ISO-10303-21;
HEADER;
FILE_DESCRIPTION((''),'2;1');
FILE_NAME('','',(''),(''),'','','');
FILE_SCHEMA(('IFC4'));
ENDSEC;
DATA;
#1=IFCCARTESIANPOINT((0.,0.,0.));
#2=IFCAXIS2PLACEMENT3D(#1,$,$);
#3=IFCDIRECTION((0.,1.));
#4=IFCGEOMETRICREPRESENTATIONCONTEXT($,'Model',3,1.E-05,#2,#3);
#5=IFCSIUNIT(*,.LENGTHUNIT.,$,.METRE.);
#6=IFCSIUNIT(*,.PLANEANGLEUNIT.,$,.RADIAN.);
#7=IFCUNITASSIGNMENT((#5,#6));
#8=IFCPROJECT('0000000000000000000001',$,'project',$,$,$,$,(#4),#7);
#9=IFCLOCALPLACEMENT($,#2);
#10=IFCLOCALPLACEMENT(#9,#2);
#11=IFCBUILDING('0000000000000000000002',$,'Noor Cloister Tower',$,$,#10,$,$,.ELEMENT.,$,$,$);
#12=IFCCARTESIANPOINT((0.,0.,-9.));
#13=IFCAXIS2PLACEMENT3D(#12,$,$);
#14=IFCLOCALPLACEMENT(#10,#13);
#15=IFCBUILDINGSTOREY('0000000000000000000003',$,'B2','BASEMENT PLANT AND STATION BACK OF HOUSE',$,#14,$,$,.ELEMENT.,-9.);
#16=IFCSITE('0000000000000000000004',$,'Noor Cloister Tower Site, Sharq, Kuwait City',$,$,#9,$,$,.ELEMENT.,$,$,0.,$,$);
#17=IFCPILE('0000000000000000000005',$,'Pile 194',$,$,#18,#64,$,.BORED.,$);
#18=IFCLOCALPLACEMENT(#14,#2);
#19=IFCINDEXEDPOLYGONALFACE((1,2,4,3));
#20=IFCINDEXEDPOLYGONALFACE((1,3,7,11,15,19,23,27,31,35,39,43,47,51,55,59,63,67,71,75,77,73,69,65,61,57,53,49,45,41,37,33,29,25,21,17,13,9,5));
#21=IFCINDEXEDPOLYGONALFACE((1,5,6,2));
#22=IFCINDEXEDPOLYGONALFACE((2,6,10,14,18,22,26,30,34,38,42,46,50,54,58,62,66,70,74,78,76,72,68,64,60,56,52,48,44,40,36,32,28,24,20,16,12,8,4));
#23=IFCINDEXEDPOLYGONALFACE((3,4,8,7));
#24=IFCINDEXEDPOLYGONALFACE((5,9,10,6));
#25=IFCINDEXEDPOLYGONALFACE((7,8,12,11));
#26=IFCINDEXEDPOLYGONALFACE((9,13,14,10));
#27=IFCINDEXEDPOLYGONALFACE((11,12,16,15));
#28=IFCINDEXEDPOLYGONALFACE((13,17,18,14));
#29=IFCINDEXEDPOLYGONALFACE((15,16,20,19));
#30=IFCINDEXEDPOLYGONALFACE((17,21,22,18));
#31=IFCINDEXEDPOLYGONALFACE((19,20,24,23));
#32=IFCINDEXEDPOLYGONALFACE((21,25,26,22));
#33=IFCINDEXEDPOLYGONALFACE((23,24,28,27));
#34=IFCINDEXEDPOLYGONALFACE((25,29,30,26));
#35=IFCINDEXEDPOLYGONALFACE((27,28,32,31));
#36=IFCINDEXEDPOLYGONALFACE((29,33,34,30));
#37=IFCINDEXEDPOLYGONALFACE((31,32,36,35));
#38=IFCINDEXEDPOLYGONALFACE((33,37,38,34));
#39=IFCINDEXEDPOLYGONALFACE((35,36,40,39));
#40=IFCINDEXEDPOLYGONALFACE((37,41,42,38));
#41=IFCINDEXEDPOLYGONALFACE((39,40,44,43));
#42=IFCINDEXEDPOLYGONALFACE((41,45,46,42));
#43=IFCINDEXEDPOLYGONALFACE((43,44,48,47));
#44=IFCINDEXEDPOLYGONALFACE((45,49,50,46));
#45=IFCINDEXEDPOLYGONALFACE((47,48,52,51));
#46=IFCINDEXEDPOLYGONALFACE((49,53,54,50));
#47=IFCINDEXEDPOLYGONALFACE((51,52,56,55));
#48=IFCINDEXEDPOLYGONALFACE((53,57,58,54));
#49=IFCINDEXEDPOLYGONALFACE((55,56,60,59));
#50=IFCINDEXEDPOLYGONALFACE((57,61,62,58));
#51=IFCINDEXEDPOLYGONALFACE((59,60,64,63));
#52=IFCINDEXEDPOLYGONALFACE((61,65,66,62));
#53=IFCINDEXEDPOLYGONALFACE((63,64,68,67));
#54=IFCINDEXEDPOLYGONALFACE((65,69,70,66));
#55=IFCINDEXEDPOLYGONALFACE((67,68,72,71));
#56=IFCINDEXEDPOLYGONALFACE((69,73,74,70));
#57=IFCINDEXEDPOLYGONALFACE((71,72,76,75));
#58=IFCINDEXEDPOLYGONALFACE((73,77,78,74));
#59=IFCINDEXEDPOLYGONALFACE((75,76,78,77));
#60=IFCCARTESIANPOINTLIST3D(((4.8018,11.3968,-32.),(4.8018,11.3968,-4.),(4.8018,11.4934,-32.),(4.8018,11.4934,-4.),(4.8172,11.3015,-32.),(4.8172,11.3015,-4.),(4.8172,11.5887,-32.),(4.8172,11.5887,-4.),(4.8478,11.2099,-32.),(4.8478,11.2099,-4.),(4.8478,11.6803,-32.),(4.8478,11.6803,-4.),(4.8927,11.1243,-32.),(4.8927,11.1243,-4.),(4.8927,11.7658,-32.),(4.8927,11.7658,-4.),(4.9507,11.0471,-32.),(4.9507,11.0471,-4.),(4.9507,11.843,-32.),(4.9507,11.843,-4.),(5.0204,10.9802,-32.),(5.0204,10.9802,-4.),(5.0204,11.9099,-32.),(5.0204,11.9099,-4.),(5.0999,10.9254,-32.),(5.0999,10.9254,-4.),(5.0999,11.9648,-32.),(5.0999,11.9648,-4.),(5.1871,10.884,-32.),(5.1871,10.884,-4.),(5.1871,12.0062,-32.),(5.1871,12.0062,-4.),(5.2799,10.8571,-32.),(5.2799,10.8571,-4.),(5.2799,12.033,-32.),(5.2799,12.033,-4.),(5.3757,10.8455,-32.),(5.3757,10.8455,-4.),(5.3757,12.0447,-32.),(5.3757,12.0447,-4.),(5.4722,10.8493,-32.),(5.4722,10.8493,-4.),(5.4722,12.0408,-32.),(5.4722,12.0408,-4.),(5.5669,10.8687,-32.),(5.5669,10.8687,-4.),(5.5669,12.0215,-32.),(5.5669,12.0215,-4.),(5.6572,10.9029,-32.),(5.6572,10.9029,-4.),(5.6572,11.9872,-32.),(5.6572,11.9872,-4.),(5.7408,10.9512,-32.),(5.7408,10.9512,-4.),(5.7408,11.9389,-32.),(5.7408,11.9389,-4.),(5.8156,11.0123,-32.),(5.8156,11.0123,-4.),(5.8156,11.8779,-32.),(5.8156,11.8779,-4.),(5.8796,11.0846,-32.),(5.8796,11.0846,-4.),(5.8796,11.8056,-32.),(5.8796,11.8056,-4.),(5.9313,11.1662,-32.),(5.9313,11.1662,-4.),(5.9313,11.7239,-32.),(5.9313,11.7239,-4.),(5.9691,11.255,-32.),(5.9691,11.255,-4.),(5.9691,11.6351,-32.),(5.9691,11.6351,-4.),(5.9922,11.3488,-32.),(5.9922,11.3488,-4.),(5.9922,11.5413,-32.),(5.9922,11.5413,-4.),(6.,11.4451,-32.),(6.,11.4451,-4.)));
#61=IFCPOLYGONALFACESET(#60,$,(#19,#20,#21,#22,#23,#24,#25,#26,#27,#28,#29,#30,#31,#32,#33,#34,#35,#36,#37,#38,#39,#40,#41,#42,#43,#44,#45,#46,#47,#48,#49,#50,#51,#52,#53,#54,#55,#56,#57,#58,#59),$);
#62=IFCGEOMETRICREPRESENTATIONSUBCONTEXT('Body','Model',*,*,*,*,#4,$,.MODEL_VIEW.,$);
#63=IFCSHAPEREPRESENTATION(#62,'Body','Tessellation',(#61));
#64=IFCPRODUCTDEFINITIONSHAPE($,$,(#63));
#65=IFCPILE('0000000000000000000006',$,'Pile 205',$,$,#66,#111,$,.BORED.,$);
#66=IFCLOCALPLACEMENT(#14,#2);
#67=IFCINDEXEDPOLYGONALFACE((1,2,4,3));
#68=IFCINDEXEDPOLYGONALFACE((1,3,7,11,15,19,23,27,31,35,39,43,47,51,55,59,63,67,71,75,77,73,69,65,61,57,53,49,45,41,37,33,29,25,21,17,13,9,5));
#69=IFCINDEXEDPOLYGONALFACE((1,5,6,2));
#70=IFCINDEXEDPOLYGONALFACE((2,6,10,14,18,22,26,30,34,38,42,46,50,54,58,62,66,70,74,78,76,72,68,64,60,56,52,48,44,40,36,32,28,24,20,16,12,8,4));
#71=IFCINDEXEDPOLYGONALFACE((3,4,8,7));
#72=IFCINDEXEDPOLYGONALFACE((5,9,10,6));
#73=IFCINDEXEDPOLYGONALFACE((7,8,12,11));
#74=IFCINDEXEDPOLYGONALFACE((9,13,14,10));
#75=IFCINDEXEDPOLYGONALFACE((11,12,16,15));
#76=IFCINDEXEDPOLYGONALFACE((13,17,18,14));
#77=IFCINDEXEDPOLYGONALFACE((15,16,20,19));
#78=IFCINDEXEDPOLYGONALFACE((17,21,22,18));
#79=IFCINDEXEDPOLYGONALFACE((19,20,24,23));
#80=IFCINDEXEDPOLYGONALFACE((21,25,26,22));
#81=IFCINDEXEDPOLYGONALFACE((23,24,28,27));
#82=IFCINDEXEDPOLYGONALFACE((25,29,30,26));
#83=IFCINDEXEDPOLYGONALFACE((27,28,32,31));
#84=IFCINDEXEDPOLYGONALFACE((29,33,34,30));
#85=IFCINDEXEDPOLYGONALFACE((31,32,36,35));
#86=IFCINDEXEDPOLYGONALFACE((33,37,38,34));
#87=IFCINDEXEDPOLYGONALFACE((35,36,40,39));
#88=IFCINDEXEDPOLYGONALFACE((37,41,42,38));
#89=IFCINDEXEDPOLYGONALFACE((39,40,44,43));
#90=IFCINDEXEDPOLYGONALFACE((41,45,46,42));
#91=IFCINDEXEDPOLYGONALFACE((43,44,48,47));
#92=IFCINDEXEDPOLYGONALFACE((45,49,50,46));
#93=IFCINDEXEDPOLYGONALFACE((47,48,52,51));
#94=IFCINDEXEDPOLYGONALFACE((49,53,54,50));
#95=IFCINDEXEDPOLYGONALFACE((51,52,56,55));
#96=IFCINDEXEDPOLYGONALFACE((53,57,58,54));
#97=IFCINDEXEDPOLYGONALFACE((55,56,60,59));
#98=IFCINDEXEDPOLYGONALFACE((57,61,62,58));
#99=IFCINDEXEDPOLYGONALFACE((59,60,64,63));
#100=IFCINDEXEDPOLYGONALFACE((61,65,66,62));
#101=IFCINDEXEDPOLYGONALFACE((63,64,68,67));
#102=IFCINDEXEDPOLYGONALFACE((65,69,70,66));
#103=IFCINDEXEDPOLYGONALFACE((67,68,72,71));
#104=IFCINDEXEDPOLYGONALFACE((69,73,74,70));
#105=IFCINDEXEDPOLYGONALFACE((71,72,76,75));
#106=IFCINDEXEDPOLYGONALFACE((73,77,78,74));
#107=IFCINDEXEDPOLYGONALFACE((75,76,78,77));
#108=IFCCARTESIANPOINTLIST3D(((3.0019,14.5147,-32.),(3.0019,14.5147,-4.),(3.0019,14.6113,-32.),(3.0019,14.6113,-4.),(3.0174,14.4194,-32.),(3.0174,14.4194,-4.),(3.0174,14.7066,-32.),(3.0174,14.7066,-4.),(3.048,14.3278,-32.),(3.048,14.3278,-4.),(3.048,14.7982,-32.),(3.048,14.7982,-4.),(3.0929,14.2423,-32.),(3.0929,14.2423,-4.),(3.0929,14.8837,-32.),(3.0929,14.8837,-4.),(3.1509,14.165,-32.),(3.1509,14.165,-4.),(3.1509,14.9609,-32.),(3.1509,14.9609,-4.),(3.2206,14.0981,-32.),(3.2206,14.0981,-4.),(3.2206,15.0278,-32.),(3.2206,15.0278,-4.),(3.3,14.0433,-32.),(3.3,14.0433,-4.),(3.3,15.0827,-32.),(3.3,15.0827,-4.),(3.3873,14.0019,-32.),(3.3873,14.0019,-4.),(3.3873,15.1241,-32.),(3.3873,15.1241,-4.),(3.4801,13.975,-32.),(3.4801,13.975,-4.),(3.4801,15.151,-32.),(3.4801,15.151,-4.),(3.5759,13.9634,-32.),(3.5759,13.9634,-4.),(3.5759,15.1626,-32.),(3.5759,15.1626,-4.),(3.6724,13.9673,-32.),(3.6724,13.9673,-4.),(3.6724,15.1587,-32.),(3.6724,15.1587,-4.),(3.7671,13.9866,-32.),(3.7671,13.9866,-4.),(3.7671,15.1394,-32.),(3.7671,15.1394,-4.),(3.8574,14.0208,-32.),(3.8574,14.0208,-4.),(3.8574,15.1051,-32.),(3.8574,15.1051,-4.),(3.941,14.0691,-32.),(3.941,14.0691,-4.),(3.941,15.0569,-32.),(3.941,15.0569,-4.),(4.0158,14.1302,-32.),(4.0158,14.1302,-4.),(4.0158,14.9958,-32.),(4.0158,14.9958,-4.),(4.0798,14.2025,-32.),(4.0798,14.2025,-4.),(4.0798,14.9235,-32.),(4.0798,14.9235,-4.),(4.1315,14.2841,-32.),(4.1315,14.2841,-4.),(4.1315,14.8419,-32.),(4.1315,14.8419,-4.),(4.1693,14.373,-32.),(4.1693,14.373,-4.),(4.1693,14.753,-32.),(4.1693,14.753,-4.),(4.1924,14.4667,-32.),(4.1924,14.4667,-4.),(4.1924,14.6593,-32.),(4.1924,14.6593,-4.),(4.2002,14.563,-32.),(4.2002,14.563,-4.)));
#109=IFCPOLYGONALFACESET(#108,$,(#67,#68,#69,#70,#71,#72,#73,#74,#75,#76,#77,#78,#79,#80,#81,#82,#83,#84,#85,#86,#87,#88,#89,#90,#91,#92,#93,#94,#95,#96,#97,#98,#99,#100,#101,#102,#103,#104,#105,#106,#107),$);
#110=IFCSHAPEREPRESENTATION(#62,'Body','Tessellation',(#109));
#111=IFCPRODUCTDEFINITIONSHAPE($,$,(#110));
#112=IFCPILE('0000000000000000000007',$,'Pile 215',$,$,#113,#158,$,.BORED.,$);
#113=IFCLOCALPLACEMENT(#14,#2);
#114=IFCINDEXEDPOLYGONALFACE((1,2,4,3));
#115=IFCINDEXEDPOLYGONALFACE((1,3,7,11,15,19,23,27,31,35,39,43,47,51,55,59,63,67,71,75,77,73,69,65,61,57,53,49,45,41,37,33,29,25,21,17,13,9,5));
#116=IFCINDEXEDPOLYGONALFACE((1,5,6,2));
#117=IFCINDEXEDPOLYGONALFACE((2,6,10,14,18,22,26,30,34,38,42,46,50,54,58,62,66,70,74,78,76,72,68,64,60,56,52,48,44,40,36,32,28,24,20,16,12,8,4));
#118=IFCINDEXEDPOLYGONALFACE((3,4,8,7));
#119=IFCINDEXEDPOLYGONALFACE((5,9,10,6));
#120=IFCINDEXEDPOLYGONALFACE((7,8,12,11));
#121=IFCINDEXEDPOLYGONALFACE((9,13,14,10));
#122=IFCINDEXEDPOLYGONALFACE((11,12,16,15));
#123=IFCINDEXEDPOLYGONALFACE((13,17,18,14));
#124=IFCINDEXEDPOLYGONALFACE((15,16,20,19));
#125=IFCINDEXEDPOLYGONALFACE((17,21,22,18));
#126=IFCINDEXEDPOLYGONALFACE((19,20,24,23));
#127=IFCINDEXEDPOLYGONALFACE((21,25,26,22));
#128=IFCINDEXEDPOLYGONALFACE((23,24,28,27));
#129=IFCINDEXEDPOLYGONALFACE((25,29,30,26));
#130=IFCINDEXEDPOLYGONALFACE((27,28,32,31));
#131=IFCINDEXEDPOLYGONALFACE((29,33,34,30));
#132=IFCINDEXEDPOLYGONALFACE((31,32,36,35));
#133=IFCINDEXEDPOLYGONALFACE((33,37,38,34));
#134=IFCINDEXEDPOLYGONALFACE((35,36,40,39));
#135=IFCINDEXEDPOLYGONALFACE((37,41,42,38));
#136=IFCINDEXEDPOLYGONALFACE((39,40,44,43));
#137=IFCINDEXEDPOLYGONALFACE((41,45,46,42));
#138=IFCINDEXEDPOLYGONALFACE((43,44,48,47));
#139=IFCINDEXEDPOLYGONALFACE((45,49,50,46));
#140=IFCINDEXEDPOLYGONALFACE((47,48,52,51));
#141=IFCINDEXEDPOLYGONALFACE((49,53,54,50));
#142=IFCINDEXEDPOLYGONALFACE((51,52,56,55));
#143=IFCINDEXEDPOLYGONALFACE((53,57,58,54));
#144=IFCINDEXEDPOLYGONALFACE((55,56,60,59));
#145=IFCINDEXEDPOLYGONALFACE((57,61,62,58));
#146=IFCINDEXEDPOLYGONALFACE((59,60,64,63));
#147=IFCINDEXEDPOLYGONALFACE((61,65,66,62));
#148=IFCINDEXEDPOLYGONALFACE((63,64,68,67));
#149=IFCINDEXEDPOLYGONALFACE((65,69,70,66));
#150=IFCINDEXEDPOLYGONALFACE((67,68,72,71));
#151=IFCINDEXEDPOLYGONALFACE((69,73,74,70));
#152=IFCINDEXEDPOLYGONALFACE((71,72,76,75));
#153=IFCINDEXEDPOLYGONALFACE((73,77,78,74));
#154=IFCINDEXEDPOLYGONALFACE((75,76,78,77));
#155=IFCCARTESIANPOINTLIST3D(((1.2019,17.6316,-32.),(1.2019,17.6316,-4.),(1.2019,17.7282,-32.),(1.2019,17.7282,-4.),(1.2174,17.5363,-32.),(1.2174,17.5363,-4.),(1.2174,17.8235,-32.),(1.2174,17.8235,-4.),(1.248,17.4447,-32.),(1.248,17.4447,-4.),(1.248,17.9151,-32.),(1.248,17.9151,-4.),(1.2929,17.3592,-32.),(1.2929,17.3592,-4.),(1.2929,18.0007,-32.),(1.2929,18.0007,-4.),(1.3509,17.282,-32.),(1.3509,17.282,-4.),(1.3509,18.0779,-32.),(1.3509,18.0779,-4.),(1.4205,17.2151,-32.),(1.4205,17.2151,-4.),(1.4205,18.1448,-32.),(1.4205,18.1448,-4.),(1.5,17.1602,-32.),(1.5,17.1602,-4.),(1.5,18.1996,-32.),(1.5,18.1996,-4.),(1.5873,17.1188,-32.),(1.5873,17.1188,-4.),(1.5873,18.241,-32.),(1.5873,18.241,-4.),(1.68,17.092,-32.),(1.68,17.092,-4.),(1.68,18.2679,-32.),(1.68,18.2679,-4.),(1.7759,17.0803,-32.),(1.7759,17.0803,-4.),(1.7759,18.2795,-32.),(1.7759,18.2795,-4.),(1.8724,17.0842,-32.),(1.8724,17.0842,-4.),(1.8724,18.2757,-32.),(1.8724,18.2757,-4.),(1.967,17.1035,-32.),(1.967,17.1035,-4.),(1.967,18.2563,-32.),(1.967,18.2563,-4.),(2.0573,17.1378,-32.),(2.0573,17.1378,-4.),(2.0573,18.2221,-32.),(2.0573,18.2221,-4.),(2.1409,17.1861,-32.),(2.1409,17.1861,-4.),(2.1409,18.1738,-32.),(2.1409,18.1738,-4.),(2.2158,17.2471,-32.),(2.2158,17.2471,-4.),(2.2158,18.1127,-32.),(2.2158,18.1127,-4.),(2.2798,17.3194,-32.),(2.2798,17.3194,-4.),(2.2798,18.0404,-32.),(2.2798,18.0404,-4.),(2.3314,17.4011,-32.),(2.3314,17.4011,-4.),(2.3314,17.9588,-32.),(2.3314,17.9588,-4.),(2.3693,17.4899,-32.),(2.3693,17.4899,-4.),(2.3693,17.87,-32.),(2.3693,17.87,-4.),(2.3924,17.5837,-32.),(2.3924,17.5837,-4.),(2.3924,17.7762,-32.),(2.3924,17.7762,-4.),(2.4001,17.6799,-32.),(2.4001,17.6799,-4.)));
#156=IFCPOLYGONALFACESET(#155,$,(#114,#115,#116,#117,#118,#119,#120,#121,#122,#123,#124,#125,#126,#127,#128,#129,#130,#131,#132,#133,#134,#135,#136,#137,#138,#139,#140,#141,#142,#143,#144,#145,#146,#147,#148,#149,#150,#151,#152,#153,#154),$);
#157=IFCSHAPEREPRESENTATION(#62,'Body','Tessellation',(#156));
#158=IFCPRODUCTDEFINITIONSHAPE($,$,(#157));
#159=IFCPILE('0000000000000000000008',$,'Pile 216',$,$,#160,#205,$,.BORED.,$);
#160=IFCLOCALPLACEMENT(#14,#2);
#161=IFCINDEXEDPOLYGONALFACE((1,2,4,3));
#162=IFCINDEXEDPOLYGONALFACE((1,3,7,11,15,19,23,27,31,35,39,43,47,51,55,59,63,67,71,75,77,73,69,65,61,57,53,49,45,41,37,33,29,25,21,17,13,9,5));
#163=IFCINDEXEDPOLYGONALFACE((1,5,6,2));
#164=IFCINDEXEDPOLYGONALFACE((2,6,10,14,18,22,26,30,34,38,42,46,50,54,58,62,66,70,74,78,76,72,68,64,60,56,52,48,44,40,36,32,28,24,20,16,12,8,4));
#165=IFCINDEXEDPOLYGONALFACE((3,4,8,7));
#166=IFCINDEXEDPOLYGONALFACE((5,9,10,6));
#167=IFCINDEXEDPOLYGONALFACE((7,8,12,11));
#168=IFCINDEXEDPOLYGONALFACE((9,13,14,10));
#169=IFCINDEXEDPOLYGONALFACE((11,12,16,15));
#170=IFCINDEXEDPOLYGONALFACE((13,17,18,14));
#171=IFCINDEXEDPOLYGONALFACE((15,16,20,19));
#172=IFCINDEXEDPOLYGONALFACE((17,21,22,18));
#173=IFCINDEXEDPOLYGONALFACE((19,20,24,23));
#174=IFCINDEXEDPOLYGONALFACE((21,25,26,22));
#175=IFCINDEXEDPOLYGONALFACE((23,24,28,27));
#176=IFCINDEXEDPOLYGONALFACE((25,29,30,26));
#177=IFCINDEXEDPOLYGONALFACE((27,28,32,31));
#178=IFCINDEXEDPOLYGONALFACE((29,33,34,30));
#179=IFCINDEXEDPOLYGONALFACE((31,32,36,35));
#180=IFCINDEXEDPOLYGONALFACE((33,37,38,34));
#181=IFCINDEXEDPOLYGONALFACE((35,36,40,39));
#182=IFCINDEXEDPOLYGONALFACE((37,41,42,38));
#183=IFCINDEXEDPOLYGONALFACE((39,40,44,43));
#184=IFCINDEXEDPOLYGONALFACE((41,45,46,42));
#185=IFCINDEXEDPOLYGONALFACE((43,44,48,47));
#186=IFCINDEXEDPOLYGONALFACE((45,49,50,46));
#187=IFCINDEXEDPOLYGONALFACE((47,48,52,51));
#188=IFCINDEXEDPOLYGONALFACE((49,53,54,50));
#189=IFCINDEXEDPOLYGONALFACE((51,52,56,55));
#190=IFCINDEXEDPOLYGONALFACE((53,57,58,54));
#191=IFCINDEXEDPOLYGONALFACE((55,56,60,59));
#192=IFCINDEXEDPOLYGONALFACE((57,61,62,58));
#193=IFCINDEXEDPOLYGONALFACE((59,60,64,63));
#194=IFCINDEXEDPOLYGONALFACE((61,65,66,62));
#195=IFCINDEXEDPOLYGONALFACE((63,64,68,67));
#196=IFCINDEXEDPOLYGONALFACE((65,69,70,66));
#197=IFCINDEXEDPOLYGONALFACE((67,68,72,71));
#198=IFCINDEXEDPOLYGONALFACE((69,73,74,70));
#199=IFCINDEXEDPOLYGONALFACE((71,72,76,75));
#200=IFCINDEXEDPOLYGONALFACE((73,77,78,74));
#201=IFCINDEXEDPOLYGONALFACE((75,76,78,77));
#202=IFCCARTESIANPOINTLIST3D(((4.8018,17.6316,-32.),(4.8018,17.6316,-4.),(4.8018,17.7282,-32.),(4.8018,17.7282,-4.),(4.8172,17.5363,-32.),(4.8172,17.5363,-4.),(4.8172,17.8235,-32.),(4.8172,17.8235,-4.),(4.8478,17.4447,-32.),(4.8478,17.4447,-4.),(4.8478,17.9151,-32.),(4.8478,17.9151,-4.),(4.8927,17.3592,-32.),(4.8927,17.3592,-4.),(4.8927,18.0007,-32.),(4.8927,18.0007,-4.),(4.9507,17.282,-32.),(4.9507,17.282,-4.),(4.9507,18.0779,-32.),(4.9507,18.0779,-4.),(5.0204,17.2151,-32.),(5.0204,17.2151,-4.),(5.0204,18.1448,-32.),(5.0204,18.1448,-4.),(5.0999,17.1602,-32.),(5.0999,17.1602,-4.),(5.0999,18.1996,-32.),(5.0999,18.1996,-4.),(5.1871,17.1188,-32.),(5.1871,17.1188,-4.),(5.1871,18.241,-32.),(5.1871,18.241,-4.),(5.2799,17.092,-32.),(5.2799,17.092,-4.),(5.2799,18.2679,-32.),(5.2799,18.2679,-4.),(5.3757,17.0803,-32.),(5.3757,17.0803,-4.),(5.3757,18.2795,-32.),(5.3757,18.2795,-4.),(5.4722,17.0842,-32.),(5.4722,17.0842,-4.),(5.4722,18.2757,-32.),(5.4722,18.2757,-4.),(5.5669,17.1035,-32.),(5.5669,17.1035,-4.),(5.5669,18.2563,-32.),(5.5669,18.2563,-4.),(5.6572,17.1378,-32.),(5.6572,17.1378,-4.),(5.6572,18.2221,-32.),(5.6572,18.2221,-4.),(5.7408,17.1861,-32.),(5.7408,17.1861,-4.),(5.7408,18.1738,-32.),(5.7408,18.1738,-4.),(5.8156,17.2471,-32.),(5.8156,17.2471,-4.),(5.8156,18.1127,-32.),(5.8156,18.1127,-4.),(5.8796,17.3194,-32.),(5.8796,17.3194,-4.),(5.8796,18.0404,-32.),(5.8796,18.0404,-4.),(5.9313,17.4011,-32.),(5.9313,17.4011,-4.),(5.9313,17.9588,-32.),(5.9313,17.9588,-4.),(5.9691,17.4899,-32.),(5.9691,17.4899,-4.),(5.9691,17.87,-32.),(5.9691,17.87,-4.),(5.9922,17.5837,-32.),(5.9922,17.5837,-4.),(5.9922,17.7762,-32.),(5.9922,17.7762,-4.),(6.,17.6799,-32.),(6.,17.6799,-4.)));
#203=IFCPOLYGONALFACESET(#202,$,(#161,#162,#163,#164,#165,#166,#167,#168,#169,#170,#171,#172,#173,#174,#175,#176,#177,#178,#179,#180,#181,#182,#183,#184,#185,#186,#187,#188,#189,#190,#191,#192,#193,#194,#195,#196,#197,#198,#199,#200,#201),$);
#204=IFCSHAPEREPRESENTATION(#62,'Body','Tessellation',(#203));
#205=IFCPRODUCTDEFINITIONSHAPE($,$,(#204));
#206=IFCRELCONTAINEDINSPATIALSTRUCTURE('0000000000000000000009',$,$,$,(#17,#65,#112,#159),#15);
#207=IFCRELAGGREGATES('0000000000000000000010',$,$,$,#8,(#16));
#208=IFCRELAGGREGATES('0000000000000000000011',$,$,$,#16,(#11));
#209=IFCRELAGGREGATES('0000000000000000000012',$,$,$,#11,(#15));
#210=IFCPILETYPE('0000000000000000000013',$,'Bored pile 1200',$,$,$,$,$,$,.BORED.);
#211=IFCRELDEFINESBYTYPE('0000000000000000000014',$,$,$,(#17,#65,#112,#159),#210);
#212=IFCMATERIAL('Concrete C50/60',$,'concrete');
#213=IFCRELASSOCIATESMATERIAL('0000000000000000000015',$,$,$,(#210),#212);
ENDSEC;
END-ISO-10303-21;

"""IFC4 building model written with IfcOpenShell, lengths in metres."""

from ifc_helpers import new_model, si_unit, direction, frame, origin, origin_2d, place, context, subcontext, project, spatial, circle, extrude, material, material_profile, profile_set, type_object, element, save


model = new_model("IFC4")

# Units and contexts
model_context = context("Model", 3, precision=1e-05, world=origin(), true_north=direction((0.0, 1.0)))
body_context = subcontext(model_context, "Body", "Model", "MODEL_VIEW")
ifc_project = project(units=[si_unit("LENGTHUNIT", "METRE"), si_unit("PLANEANGLEUNIT", "RADIAN")], contexts=[model_context])

# Site, building, storey
site_placement = place(None, origin())
site = spatial("IfcSite", under=ifc_project, at=site_placement, Name="Noor Cloister Tower Site, Sharq, Kuwait City", CompositionType="ELEMENT", RefElevation=0.0)
building_placement = place(site_placement, origin())
building = spatial("IfcBuilding", under=site, at=building_placement, Name="Noor Cloister Tower", CompositionType="ELEMENT")
storey_placement = place(building_placement, frame((0.0, 0.0, -9.0)))
storey = spatial("IfcBuildingStorey", under=building, at=storey_placement, Name="B2", Description="BASEMENT PLANT AND STATION BACK OF HOUSE", CompositionType="ELEMENT", Elevation=-9.0)

# Piles
ifc_material_1 = material(Name="Concrete C50/60", Category="concrete")
ifc_material_profile = material_profile(ifc_material_1, circle(Radius=0.6001, at=origin_2d()), Name="Bored pile 1200")
ifc_profile_set = profile_set([ifc_material_profile], Name="Concrete C50/60")
pile_type = type_object("IfcPileType", Name="Bored pile 1200", PredefinedType="BORED", material=ifc_profile_set)
for number, where, z_axis, x_axis, name in (
    (1, (5.3999, 11.4451, -4.0), (0.0, 0.0, -1.0), (1.0, 0.0, 0.0), "Pile 194"),
    (2, (3.6001, 14.563, -4.0), (0.0, 0.0, -1.0), (1.0, 0.0, 0.0), "Pile 205"),
    (3, (1.8, 17.6799, -4.0), (0.0, 0.0, -1.0), (1.0, 0.0, 0.0), "Pile 215"),
    (4, (5.3999, 17.6799, -4.0), (0.0, 0.0, -1.0), (1.0, 0.0, 0.0), "Pile 216"),
):
    element("IfcPile", number, at=place(storey_placement, frame(where, z_axis=z_axis, x_axis=x_axis)), inside=storey, type_object=pile_type, Name=name, PredefinedType="BORED", context=body_context, shape_type="SweptSolid", body=[
        extrude(circle(Radius=0.6001, at=origin_2d()), origin(), (0.0, 0.0, 1.0), 28.0),
    ])

save(model, "model.ifc")
